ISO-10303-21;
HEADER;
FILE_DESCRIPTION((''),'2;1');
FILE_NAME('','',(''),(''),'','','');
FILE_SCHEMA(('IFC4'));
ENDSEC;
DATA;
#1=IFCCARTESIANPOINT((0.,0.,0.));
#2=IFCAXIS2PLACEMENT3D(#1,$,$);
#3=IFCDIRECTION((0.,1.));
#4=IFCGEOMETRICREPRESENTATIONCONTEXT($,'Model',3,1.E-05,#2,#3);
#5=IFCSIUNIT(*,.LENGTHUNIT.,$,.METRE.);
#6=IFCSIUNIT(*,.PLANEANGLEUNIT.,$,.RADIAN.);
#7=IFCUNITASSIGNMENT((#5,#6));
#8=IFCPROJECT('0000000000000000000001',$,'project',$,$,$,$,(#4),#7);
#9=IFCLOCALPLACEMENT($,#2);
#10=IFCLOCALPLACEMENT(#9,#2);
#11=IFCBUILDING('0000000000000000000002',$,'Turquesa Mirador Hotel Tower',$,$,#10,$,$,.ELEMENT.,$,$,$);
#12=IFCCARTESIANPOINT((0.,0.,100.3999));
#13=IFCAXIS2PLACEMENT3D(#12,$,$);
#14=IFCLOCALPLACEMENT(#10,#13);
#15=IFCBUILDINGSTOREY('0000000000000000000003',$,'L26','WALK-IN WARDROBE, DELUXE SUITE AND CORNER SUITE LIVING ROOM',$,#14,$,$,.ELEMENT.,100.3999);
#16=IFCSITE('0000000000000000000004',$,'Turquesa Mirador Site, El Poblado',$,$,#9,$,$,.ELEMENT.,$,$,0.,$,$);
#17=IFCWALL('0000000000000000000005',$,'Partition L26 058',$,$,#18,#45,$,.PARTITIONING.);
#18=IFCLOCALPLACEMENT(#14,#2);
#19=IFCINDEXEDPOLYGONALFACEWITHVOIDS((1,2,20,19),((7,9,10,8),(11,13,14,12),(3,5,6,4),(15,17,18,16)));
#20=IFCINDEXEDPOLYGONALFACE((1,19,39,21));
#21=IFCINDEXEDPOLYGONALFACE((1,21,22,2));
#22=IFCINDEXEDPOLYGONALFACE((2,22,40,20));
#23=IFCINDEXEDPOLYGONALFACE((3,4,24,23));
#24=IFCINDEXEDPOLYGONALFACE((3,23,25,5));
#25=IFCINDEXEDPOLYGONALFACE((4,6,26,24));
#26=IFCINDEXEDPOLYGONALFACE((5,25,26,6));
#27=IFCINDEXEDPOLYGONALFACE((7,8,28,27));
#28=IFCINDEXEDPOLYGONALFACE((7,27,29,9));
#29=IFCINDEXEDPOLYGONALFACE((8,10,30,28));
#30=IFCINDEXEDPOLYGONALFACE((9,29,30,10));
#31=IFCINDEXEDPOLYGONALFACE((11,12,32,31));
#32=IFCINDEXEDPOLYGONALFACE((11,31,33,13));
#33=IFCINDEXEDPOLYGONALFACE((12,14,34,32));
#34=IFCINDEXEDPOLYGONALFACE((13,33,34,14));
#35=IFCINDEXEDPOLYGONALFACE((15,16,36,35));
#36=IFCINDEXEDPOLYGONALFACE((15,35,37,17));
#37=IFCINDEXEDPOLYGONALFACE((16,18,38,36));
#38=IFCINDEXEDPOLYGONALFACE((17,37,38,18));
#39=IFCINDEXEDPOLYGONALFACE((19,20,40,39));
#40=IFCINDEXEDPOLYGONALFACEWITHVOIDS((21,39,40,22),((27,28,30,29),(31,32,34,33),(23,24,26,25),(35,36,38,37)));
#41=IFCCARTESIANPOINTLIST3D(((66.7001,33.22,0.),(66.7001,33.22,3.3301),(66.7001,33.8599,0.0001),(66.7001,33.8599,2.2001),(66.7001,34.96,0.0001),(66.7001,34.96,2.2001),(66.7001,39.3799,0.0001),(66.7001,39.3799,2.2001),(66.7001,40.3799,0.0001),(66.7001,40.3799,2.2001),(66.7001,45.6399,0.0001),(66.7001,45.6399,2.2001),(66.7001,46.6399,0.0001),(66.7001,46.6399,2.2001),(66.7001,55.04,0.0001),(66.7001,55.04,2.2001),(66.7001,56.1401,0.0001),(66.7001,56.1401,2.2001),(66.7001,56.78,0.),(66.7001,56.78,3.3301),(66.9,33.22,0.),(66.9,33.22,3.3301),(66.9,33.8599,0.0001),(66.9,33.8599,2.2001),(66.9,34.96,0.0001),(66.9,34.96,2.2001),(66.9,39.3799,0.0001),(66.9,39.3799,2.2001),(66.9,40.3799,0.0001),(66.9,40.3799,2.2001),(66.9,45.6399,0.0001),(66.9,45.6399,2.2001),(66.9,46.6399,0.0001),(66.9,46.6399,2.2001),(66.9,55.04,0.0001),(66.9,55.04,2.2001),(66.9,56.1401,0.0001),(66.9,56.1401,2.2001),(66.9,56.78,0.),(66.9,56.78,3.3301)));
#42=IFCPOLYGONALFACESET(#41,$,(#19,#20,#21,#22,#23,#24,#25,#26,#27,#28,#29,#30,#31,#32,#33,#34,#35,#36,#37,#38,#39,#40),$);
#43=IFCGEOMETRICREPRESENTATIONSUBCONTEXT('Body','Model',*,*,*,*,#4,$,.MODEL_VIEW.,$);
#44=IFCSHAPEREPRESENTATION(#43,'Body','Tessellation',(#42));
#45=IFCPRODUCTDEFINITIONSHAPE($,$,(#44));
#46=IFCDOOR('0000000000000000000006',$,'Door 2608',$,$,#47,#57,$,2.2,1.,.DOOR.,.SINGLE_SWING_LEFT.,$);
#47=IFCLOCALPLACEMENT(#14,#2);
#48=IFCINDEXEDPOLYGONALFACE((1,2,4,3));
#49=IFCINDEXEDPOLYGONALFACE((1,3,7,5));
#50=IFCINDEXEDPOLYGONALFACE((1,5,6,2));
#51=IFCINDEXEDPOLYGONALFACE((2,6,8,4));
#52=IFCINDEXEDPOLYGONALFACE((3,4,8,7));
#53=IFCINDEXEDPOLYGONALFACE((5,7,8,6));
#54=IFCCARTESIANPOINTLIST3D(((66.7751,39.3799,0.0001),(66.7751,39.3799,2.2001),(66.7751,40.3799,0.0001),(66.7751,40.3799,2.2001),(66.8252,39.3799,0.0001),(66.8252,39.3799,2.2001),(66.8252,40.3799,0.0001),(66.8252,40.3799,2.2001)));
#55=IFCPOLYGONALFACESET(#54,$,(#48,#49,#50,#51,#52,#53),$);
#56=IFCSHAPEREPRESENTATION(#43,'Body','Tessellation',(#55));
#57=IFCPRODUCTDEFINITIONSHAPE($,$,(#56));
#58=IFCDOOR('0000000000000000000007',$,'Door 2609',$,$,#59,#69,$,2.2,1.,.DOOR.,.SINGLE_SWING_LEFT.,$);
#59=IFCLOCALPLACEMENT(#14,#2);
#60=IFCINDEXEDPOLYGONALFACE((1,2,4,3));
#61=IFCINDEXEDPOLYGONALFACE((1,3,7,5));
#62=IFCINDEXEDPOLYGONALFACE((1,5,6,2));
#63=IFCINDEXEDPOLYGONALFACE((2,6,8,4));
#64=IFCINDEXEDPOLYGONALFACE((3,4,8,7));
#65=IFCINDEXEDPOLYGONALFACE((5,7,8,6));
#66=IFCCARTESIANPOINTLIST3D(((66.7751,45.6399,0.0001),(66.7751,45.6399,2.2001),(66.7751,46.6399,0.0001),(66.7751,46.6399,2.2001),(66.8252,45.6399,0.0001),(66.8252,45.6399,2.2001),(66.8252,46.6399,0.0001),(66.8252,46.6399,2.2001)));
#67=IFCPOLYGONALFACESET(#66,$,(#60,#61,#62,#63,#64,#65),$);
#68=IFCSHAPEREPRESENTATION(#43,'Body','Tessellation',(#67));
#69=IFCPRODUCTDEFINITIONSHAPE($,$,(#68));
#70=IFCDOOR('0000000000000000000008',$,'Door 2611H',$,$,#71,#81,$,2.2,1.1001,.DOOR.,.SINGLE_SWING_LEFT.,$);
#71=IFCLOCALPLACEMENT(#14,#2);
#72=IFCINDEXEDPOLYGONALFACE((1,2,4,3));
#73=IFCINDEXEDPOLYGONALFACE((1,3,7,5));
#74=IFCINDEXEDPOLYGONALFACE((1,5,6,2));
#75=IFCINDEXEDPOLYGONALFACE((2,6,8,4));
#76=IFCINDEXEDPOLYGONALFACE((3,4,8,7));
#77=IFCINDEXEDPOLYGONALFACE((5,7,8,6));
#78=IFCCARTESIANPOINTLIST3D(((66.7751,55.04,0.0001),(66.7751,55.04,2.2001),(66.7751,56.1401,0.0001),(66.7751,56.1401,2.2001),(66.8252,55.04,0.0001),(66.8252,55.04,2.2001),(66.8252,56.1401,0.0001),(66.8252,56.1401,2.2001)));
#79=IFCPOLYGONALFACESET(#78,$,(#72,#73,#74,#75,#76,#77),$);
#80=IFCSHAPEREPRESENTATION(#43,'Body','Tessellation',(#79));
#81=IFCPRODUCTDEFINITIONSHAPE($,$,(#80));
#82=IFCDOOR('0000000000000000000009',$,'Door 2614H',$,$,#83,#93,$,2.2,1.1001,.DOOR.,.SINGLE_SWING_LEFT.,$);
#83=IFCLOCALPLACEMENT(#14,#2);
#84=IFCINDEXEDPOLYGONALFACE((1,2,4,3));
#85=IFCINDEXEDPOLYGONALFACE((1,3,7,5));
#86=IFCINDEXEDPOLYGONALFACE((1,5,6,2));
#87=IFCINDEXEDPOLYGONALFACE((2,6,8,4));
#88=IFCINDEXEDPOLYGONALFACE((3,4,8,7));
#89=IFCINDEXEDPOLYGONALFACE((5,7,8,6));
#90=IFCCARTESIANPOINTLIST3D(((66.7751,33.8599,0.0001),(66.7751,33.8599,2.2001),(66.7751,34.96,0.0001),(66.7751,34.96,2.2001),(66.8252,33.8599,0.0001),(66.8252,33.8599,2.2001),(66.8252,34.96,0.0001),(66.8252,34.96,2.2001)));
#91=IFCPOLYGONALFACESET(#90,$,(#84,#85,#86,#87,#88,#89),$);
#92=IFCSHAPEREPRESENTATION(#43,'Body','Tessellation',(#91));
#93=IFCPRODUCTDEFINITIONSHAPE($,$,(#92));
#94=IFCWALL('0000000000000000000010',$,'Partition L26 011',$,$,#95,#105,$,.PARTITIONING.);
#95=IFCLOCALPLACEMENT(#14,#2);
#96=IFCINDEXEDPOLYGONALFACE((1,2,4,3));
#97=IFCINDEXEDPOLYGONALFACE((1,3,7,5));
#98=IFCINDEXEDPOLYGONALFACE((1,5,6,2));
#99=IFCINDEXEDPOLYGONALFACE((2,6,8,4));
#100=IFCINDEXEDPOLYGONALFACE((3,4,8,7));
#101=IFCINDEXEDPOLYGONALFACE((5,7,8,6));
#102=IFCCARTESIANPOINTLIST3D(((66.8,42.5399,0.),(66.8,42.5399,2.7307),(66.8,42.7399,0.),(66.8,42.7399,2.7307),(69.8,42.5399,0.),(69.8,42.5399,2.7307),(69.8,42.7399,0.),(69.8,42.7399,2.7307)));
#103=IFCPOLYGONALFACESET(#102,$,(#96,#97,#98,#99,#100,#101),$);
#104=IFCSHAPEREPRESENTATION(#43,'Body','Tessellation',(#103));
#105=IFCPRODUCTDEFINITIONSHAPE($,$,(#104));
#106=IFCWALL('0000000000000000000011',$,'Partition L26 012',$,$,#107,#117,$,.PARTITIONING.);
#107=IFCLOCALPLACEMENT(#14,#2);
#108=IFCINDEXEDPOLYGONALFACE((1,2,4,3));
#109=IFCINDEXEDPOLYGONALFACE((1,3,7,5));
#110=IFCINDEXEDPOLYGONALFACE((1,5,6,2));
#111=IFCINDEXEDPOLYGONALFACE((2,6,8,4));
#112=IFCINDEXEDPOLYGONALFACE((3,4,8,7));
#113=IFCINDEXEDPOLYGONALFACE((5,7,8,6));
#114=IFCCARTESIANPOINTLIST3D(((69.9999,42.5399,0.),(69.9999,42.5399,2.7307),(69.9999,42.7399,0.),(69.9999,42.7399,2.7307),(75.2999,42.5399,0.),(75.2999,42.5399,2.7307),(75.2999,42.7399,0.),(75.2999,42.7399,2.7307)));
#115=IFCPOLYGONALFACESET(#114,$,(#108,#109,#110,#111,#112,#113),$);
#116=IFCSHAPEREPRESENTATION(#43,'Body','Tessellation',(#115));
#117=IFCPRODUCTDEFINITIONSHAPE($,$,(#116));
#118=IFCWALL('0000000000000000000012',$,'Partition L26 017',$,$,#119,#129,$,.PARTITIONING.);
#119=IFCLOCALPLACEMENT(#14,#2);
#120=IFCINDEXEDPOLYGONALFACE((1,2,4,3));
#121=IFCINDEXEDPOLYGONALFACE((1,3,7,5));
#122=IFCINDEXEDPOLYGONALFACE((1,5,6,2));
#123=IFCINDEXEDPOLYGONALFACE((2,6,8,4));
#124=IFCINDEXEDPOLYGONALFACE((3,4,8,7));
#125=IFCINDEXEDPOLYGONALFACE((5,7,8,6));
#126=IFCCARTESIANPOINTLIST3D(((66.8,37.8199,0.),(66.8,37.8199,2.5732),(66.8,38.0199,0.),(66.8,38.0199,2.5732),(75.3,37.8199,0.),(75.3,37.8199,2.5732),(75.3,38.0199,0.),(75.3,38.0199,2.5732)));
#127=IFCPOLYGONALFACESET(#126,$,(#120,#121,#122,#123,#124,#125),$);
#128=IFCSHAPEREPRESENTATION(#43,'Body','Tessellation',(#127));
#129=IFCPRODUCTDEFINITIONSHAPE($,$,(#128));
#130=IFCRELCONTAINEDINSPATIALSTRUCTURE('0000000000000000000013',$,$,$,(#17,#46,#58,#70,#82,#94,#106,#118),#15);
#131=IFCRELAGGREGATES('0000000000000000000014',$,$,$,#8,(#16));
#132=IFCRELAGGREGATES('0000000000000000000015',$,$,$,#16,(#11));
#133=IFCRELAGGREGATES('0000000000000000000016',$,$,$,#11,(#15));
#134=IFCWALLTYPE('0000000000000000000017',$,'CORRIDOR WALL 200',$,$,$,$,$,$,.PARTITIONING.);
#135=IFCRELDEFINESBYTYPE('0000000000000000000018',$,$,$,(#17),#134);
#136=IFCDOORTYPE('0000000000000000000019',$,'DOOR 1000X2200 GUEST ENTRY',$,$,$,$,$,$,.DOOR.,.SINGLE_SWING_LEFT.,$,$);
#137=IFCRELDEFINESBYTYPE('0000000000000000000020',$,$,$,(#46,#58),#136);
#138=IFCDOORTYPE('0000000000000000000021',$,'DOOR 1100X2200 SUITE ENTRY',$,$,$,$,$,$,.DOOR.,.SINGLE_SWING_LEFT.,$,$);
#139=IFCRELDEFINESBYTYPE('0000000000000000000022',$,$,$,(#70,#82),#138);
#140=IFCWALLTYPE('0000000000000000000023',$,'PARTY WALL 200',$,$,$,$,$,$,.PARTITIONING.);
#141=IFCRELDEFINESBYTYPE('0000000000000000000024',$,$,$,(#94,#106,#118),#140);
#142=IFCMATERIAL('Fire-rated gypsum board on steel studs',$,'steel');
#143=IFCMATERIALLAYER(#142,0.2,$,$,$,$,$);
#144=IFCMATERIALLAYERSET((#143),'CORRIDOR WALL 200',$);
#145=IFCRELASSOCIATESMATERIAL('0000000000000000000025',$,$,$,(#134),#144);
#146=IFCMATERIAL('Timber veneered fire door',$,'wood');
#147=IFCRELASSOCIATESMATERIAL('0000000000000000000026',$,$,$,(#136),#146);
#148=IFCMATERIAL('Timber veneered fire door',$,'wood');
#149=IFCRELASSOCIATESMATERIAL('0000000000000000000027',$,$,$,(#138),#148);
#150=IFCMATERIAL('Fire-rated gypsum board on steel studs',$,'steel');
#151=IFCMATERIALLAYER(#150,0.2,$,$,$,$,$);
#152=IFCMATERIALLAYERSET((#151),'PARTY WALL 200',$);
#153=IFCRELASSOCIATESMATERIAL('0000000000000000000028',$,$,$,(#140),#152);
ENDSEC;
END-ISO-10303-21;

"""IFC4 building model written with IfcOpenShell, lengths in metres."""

from ifc_helpers import new_model, si_unit, direction, frame, frame_2d, origin, place, context, subcontext, project, spatial, rectangle, extrude, material, layer, layer_set, type_object, element, fill, save


model = new_model("IFC4")

# Units and contexts
model_context = context("Model", 3, precision=1e-05, world=origin(), true_north=direction((0.0, 1.0)))
body_context = subcontext(model_context, "Body", "Model", "MODEL_VIEW")
ifc_project = project(units=[si_unit("LENGTHUNIT", "METRE"), si_unit("PLANEANGLEUNIT", "RADIAN")], contexts=[model_context])

# Site, building, storey
site_placement = place(None, origin())
site = spatial("IfcSite", under=ifc_project, at=site_placement, Name="Turquesa Mirador Site, El Poblado", CompositionType="ELEMENT", RefElevation=0.0)
building_placement = place(site_placement, origin())
building = spatial("IfcBuilding", under=site, at=building_placement, Name="Turquesa Mirador Hotel Tower", CompositionType="ELEMENT")
storey_placement = place(building_placement, frame((0.0, 0.0, 100.3999)))
storey = spatial("IfcBuildingStorey", under=building, at=storey_placement, Name="L26", Description="WALK-IN WARDROBE, DELUXE SUITE AND CORNER SUITE LIVING ROOM", CompositionType="ELEMENT", Elevation=100.3999)

# Wall, openings, doors
ifc_material_1 = material(Name="Fire-rated gypsum board on steel studs", Category="steel")
ifc_layer_1 = layer(ifc_material_1, 0.2)
ifc_layer_set_1 = layer_set([ifc_layer_1], Name="CORRIDOR WALL 200")
wall_type_1 = type_object("IfcWallType", Name="CORRIDOR WALL 200", PredefinedType="PARTITIONING", material=ifc_layer_set_1)
wall_1_placement = place(storey_placement, frame((66.8, 33.22, 0.0), z_axis=(0.0, 0.0, 1.0), x_axis=(0.0, 1.0, 0.0)))
wall_1 = element("IfcWall", 1, at=wall_1_placement, inside=storey, type_object=wall_type_1, Name="Partition L26 058", PredefinedType="PARTITIONING", context=body_context, shape_type="SweptSolid", body=[
    extrude(rectangle(XDim=23.5601, YDim=0.2, at=frame_2d((11.78, 0.0))), origin(), (0.0, 0.0, 1.0), 3.3301),
])
opening_1_placement = place(wall_1_placement, frame((6.1599, 0.0, 0.0)))
opening_1 = element("IfcOpeningElement", 2, at=opening_1_placement, cuts=wall_1, PredefinedType="OPENING", context=body_context, shape_type="SweptSolid", body=[
    extrude(rectangle(XDim=1.0, YDim=2.2, at=frame_2d((0.5, 1.1001))), frame((0.0, 0.1099, 0.0), z_axis=(0.0, -1.0, 0.0), x_axis=(1.0, 0.0, 0.0)), (0.0, 0.0, 1.0), 0.22),
])
opening_2_placement = place(wall_1_placement, frame((12.4199, 0.0, 0.0)))
opening_2 = element("IfcOpeningElement", 3, at=opening_2_placement, cuts=wall_1, PredefinedType="OPENING", context=body_context, shape_type="SweptSolid", body=[
    extrude(rectangle(XDim=1.0, YDim=2.2, at=frame_2d((0.5, 1.1001))), frame((0.0, 0.1099, 0.0), z_axis=(0.0, -1.0, 0.0), x_axis=(1.0, 0.0, 0.0)), (0.0, 0.0, 1.0), 0.22),
])
opening_3_placement = place(wall_1_placement, frame((21.8201, 0.0, 0.0)))
opening_3 = element("IfcOpeningElement", 4, at=opening_3_placement, cuts=wall_1, PredefinedType="OPENING", context=body_context, shape_type="SweptSolid", body=[
    extrude(rectangle(XDim=1.1001, YDim=2.2, at=frame_2d((0.55, 1.1001))), frame((0.0, 0.1099, 0.0), z_axis=(0.0, -1.0, 0.0), x_axis=(1.0, 0.0, 0.0)), (0.0, 0.0, 1.0), 0.22),
])
opening_4_placement = place(wall_1_placement, frame((0.6399, 0.0, 0.0)))
opening_4 = element("IfcOpeningElement", 5, at=opening_4_placement, cuts=wall_1, PredefinedType="OPENING", context=body_context, shape_type="SweptSolid", body=[
    extrude(rectangle(XDim=1.1001, YDim=2.2, at=frame_2d((0.55, 1.1001))), frame((0.0, 0.1099, 0.0), z_axis=(0.0, -1.0, 0.0), x_axis=(1.0, 0.0, 0.0)), (0.0, 0.0, 1.0), 0.22),
])
ifc_material_2 = material(Name="Timber veneered fire door", Category="wood")
door_type_1 = type_object("IfcDoorType", Name="DOOR 1000X2200 GUEST ENTRY", OperationType="SINGLE_SWING_LEFT", PredefinedType="DOOR", material=ifc_material_2)
door_1_placement = place(opening_1_placement, origin())
door_1 = element("IfcDoor", 6, at=door_1_placement, inside=storey, type_object=door_type_1, Name="Door 2608", OperationType="SINGLE_SWING_LEFT", OverallHeight=2.2, OverallWidth=1.0, PredefinedType="DOOR", context=body_context, shape_type="SweptSolid", body=[
    extrude(rectangle(XDim=1.0, YDim=2.2, at=frame_2d((0.5, 1.1001))), frame((0.0, 0.0249, 0.0), z_axis=(0.0, -1.0, 0.0), x_axis=(1.0, 0.0, 0.0)), (0.0, 0.0, 1.0), 0.05),
])
fill(opening_1, door_1)
door_2_placement = place(opening_2_placement, origin())
door_2 = element("IfcDoor", 7, at=door_2_placement, inside=storey, type_object=door_type_1, Name="Door 2609", OperationType="SINGLE_SWING_LEFT", OverallHeight=2.2, OverallWidth=1.0, PredefinedType="DOOR", context=body_context, shape_type="SweptSolid", body=[
    extrude(rectangle(XDim=1.0, YDim=2.2, at=frame_2d((0.5, 1.1001))), frame((0.0, 0.0249, 0.0), z_axis=(0.0, -1.0, 0.0), x_axis=(1.0, 0.0, 0.0)), (0.0, 0.0, 1.0), 0.05),
])
fill(opening_2, door_2)
ifc_material_3 = material(Name="Timber veneered fire door", Category="wood")
door_type_2 = type_object("IfcDoorType", Name="DOOR 1100X2200 SUITE ENTRY", OperationType="SINGLE_SWING_LEFT", PredefinedType="DOOR", material=ifc_material_3)
door_3_placement = place(opening_3_placement, origin())
door_3 = element("IfcDoor", 8, at=door_3_placement, inside=storey, type_object=door_type_2, Name="Door 2611H", OperationType="SINGLE_SWING_LEFT", OverallHeight=2.2, OverallWidth=1.1001, PredefinedType="DOOR", context=body_context, shape_type="SweptSolid", body=[
    extrude(rectangle(XDim=1.1001, YDim=2.2, at=frame_2d((0.55, 1.1001))), frame((0.0, 0.0249, 0.0), z_axis=(0.0, -1.0, 0.0), x_axis=(1.0, 0.0, 0.0)), (0.0, 0.0, 1.0), 0.05),
])
fill(opening_3, door_3)
door_4_placement = place(opening_4_placement, origin())
door_4 = element("IfcDoor", 9, at=door_4_placement, inside=storey, type_object=door_type_2, Name="Door 2614H", OperationType="SINGLE_SWING_LEFT", OverallHeight=2.2, OverallWidth=1.1001, PredefinedType="DOOR", context=body_context, shape_type="SweptSolid", body=[
    extrude(rectangle(XDim=1.1001, YDim=2.2, at=frame_2d((0.55, 1.1001))), frame((0.0, 0.0249, 0.0), z_axis=(0.0, -1.0, 0.0), x_axis=(1.0, 0.0, 0.0)), (0.0, 0.0, 1.0), 0.05),
])
fill(opening_4, door_4)

# Walls
ifc_material_4 = material(Name="Fire-rated gypsum board on steel studs", Category="steel")
ifc_layer_2 = layer(ifc_material_4, 0.2)
ifc_layer_set_2 = layer_set([ifc_layer_2], Name="PARTY WALL 200")
wall_type_2 = type_object("IfcWallType", Name="PARTY WALL 200", PredefinedType="PARTITIONING", material=ifc_layer_set_2)
wall_2_placement = place(storey_placement, frame((66.8, 42.6399, 0.0), z_axis=(0.0, 0.0, 1.0), x_axis=(1.0, 0.0, 0.0)))
element("IfcWall", 10, at=wall_2_placement, inside=storey, type_object=wall_type_2, Name="Partition L26 011", PredefinedType="PARTITIONING", context=body_context, shape_type="SweptSolid", body=[
    extrude(rectangle(XDim=3.0, YDim=0.2, at=frame_2d((1.5, 0.0))), origin(), (0.0, 0.0, 1.0), 2.7307),
])
wall_3_placement = place(storey_placement, frame((70.0, 42.6399, 0.0), z_axis=(0.0, 0.0, 1.0), x_axis=(1.0, 0.0, 0.0)))
element("IfcWall", 11, at=wall_3_placement, inside=storey, type_object=wall_type_2, Name="Partition L26 012", PredefinedType="PARTITIONING", context=body_context, shape_type="SweptSolid", body=[
    extrude(rectangle(XDim=5.3, YDim=0.2, at=frame_2d((2.6499, 0.0))), origin(), (0.0, 0.0, 1.0), 2.7307),
])
wall_4_placement = place(storey_placement, frame((66.8, 37.9199, 0.0), z_axis=(0.0, 0.0, 1.0), x_axis=(1.0, 0.0, 0.0)))
element("IfcWall", 12, at=wall_4_placement, inside=storey, type_object=wall_type_2, Name="Partition L26 017", PredefinedType="PARTITIONING", context=body_context, shape_type="SweptSolid", body=[
    extrude(rectangle(XDim=8.5, YDim=0.2, at=frame_2d((4.25, 0.0))), origin(), (0.0, 0.0, 1.0), 2.5732),
])

save(model, "model.ifc")
